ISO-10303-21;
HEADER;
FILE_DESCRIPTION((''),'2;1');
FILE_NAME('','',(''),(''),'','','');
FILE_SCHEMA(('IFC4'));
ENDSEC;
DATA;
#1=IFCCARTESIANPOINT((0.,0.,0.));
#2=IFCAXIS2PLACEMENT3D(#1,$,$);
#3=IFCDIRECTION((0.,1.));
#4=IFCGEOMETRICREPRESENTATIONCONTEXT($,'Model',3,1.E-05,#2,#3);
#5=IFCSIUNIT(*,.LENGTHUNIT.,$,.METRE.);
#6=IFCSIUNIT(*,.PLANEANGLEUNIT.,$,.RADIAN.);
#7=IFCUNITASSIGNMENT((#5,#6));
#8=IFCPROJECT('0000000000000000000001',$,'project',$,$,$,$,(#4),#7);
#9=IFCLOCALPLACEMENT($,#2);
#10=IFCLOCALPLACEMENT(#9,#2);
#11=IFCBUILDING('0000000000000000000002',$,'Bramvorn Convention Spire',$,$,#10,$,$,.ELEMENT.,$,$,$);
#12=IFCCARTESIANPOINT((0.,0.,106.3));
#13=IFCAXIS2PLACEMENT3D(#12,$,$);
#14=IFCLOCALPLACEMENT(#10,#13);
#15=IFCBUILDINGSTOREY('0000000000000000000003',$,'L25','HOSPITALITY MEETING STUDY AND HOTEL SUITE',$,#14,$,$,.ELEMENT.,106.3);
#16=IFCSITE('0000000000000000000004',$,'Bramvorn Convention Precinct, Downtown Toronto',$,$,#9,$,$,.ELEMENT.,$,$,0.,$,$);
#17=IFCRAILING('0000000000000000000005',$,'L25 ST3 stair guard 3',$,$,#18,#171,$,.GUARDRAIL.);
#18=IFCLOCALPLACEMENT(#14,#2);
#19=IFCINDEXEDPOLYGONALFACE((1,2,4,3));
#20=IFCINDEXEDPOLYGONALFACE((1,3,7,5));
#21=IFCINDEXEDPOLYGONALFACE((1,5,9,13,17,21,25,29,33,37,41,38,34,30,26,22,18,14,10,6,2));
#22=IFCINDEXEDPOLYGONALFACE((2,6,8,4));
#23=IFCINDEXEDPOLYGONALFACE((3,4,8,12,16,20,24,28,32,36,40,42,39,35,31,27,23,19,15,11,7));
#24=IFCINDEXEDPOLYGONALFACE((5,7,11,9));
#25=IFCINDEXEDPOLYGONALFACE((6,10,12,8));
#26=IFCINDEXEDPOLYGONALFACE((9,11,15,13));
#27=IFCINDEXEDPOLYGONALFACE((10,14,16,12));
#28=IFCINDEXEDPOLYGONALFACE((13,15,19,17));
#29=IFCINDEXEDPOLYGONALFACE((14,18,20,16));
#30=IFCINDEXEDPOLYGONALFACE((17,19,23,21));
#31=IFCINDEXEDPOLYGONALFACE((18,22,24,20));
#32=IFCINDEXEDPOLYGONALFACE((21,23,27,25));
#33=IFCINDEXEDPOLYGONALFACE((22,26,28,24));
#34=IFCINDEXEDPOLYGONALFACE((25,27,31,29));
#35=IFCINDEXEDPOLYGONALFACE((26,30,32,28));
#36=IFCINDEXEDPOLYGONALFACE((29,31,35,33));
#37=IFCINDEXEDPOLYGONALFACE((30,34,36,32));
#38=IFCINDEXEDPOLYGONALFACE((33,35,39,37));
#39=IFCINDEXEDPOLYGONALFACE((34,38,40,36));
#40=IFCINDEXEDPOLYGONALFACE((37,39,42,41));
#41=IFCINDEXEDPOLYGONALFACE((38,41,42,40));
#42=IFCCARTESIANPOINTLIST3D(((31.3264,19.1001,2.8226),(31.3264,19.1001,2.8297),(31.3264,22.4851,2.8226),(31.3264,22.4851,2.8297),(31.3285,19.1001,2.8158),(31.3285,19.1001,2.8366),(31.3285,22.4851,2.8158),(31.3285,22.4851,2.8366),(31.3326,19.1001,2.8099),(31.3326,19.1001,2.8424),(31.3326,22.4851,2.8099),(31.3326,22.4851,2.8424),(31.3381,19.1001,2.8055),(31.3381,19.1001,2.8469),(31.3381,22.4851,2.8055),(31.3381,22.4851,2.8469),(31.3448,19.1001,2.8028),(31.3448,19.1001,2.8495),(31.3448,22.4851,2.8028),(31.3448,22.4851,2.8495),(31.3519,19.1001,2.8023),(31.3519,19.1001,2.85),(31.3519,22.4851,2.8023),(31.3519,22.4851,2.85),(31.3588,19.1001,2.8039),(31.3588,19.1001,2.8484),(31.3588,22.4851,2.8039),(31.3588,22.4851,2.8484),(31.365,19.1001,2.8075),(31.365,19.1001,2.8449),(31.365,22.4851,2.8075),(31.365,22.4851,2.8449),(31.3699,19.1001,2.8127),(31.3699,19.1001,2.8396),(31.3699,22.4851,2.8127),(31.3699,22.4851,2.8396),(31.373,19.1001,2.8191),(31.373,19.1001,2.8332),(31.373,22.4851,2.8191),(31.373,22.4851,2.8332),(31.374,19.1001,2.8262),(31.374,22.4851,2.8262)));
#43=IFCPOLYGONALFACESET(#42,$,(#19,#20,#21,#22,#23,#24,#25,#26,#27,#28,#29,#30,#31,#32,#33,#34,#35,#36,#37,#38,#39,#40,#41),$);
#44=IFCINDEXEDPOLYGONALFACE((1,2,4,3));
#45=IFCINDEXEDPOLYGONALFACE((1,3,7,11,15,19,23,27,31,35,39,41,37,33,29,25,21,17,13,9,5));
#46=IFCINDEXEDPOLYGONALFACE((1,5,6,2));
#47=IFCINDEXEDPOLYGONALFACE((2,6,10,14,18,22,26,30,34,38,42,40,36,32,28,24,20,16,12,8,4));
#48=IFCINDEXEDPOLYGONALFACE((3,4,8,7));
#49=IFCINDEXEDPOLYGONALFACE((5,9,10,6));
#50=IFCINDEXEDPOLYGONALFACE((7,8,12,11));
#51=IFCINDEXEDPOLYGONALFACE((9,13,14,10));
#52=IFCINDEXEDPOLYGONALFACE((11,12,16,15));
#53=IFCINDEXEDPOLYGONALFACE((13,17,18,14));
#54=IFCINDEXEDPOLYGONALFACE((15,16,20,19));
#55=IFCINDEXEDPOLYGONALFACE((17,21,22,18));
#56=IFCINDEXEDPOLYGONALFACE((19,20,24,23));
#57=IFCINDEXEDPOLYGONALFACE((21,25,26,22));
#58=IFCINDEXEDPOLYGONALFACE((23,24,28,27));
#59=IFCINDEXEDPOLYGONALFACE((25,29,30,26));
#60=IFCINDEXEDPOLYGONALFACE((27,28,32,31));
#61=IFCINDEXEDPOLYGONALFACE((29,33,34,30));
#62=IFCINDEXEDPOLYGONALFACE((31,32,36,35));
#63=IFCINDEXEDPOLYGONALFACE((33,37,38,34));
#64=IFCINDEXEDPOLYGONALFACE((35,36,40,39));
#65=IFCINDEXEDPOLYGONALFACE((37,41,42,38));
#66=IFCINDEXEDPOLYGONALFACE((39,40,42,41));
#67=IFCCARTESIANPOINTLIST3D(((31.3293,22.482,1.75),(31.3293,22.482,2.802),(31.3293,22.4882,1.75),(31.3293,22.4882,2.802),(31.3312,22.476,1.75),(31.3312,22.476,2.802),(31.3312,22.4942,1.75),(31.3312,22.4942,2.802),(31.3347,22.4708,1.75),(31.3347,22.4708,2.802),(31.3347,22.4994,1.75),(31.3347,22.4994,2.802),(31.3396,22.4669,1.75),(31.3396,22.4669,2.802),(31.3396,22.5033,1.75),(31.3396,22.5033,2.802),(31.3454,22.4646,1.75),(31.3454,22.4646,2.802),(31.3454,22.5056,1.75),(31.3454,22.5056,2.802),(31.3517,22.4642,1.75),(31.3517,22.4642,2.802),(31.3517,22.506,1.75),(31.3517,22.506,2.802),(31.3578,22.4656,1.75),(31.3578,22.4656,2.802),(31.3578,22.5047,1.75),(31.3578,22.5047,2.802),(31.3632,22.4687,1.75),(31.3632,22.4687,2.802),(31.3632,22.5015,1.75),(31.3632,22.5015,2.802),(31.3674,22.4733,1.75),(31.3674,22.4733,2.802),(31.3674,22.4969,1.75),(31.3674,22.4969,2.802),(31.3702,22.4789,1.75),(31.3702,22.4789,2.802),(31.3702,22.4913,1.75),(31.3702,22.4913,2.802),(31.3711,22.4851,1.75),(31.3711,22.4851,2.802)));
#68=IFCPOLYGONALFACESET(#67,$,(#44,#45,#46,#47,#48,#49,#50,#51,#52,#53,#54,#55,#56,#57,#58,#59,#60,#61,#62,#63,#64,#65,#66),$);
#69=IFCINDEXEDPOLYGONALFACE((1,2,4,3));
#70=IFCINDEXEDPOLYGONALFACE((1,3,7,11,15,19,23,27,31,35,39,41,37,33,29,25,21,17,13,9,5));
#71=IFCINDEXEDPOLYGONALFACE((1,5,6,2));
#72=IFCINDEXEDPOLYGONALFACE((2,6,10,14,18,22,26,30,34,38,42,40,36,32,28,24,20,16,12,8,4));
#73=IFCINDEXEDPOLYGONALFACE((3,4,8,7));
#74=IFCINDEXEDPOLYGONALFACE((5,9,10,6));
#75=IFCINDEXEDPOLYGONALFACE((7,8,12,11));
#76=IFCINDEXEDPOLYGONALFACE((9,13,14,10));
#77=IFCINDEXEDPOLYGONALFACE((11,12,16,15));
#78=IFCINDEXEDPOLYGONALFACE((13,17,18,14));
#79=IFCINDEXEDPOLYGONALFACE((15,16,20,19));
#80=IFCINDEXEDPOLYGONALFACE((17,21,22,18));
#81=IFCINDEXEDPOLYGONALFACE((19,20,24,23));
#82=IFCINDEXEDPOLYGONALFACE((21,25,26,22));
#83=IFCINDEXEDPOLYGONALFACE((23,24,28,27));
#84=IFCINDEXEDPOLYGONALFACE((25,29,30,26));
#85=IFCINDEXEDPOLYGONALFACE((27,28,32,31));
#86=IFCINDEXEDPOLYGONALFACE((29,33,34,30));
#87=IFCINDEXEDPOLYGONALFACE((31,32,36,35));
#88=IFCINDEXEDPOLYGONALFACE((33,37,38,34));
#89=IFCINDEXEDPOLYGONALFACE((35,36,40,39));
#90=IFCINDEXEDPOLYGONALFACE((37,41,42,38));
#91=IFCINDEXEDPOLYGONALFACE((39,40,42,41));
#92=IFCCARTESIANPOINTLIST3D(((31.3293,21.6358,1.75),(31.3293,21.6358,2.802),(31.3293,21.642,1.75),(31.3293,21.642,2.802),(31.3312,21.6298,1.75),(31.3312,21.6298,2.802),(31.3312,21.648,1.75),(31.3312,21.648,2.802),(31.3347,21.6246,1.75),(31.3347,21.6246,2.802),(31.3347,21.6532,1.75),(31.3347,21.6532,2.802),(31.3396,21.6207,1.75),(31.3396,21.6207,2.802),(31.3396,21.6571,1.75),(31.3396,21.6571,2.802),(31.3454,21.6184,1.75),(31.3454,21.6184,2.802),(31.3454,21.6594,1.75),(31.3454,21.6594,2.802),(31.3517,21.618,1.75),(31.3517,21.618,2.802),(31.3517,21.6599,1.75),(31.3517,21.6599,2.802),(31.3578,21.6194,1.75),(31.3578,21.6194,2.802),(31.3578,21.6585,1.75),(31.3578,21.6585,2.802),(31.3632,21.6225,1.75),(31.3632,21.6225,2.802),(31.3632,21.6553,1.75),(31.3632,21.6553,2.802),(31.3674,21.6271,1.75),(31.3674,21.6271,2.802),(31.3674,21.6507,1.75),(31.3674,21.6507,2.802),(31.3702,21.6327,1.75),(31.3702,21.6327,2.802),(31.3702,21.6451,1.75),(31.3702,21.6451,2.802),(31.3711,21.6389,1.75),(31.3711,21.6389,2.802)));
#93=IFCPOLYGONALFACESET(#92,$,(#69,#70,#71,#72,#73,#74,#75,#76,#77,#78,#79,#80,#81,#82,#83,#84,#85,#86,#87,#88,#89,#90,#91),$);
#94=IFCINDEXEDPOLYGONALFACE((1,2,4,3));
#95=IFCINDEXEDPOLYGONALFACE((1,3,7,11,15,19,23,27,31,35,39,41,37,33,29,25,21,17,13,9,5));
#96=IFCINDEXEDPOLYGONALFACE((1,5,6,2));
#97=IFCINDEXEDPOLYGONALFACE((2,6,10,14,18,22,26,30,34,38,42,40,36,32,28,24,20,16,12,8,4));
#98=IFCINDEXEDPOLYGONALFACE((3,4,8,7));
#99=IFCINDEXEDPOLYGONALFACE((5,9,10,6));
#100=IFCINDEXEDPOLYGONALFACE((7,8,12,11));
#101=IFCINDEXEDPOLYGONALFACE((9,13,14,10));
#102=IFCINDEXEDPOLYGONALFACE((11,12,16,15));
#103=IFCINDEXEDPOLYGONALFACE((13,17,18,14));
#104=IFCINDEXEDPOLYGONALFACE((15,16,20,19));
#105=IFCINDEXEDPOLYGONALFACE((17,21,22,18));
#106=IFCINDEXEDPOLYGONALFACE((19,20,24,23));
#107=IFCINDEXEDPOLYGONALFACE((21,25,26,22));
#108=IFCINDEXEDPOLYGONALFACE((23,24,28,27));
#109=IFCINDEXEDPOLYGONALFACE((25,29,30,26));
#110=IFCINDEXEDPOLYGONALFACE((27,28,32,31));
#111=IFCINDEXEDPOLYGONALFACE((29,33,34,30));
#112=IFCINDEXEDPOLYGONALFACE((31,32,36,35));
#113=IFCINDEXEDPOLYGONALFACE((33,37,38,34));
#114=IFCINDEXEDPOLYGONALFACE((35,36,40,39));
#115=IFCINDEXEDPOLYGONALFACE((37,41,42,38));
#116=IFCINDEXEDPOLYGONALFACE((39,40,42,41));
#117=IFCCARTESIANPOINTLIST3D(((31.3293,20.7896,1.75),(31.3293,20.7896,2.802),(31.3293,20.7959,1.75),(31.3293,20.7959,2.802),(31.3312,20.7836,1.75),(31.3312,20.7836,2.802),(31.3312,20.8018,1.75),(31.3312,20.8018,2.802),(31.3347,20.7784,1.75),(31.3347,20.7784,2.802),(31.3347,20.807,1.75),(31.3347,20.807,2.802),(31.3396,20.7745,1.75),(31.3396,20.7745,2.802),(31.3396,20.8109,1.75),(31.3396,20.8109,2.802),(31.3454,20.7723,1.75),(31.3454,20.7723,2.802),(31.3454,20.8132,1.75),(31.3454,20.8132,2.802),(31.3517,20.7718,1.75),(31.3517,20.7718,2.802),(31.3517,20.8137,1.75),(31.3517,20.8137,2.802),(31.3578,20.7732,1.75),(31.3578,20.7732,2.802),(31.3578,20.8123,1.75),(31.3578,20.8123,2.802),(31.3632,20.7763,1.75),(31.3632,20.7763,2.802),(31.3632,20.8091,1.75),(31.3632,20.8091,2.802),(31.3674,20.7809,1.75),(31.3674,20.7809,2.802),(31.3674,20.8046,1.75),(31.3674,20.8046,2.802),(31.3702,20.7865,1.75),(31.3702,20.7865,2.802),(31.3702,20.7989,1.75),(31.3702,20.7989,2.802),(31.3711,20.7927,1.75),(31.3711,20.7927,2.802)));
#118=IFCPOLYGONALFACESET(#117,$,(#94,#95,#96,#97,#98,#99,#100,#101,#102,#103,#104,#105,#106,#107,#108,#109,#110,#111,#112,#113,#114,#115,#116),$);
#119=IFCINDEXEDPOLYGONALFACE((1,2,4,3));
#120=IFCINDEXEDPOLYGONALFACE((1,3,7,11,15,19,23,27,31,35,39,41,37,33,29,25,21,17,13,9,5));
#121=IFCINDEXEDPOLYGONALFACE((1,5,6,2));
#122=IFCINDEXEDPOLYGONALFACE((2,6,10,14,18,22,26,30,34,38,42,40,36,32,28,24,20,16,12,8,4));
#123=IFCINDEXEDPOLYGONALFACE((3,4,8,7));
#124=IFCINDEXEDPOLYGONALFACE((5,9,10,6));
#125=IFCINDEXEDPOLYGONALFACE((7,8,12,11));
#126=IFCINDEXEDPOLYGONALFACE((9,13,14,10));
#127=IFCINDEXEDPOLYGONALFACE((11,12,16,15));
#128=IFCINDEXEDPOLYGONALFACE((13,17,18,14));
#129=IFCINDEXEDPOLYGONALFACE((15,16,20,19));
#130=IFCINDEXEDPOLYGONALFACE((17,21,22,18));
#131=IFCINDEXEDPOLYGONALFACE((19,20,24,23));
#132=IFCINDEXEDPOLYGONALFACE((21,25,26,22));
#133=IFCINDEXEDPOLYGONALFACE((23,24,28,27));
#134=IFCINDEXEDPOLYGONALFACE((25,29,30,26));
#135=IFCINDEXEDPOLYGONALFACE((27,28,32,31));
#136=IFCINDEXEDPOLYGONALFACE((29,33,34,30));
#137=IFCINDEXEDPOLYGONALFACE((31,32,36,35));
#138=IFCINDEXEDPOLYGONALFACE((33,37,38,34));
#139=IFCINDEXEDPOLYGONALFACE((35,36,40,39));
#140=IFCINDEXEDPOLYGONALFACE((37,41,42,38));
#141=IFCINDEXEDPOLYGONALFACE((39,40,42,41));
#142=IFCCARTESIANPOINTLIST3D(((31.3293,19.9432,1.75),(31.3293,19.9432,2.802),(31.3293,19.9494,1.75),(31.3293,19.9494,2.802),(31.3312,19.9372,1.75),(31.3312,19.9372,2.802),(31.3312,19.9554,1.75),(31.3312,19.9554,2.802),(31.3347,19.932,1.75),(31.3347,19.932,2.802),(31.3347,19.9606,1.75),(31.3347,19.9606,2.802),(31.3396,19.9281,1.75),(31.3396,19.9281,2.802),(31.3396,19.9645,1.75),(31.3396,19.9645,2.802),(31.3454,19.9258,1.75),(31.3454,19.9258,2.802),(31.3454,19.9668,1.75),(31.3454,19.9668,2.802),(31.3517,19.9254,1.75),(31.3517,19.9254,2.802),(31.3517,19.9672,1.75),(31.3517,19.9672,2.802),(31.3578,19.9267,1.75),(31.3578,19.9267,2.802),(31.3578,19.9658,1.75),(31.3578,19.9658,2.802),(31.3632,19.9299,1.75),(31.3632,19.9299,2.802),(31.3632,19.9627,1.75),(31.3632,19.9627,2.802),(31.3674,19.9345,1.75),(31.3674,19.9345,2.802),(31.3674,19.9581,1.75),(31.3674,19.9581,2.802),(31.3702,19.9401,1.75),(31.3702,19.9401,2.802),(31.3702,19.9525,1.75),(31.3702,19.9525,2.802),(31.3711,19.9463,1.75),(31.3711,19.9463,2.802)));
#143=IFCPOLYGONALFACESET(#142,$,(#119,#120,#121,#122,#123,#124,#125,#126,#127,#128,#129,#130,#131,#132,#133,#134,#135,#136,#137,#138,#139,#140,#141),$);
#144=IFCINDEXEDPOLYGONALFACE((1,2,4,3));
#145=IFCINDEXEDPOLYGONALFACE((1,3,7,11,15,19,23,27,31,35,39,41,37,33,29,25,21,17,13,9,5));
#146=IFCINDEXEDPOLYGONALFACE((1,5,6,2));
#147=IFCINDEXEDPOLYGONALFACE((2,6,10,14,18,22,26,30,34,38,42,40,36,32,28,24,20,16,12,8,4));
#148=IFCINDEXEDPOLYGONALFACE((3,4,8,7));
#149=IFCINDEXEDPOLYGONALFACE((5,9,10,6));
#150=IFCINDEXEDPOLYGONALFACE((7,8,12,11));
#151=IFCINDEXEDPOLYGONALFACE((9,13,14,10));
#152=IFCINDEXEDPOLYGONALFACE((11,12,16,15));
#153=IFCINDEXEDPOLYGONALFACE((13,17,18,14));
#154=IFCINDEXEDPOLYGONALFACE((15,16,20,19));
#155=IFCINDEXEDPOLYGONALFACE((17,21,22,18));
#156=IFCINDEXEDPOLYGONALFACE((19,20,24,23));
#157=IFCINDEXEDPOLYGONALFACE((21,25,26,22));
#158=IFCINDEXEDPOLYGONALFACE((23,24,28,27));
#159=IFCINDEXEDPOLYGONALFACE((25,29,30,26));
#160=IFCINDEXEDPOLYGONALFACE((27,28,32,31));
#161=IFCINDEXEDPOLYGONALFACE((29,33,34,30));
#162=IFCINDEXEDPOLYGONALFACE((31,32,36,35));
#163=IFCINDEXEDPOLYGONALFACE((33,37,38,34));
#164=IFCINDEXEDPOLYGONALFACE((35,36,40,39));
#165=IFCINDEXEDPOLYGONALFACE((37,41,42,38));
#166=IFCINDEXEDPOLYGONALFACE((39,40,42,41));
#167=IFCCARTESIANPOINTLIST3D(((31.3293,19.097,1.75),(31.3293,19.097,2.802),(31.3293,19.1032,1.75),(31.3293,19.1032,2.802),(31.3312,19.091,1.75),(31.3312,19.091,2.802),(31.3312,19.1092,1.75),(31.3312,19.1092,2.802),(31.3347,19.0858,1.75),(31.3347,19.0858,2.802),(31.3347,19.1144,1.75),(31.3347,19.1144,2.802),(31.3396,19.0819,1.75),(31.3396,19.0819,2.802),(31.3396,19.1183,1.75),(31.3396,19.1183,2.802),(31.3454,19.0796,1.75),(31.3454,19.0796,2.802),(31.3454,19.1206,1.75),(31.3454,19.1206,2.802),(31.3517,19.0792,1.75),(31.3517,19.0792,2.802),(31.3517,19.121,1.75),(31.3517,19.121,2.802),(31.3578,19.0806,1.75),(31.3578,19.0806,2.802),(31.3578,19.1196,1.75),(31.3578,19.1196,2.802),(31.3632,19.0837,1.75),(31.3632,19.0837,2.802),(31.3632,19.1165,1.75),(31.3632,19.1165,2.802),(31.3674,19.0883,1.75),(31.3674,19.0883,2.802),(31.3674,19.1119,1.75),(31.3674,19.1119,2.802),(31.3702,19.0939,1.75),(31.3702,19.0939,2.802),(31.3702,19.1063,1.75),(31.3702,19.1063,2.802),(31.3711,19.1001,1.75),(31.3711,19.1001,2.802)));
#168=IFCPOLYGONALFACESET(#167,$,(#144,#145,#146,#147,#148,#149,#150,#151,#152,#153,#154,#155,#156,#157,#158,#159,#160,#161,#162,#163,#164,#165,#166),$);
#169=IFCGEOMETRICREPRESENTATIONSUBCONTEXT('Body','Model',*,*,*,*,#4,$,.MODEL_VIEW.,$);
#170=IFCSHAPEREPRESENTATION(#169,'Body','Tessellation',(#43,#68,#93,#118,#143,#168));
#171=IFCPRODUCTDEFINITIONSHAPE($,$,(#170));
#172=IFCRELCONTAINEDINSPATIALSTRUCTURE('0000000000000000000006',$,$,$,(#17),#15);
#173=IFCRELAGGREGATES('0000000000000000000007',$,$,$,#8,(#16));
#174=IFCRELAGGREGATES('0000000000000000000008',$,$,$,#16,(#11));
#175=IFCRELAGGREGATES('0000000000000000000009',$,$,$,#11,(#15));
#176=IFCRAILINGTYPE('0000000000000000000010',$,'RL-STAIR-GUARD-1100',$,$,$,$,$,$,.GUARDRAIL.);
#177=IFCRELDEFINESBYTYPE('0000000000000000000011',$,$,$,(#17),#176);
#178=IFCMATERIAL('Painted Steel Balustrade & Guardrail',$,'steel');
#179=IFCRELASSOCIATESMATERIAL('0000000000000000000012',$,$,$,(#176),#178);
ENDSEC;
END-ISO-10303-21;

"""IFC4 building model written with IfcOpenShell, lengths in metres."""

from ifc_helpers import new_model, si_unit, direction, frame, origin, origin_2d, place, context, subcontext, project, spatial, circle, extrude, material, type_object, element, save


model = new_model("IFC4")

# Units and contexts
model_context = context("Model", 3, precision=1e-05, world=origin(), true_north=direction((0.0, 1.0)))
body_context = subcontext(model_context, "Body", "Model", "MODEL_VIEW")
ifc_project = project(units=[si_unit("LENGTHUNIT", "METRE"), si_unit("PLANEANGLEUNIT", "RADIAN")], contexts=[model_context])

# Site, building, storey
site_placement = place(None, origin())
site = spatial("IfcSite", under=ifc_project, at=site_placement, Name="Bramvorn Convention Precinct, Downtown Toronto", CompositionType="ELEMENT", RefElevation=0.0)
building_placement = place(site_placement, origin())
building = spatial("IfcBuilding", under=site, at=building_placement, Name="Bramvorn Convention Spire", CompositionType="ELEMENT")
storey_placement = place(building_placement, frame((0.0, 0.0, 106.3)))
storey = spatial("IfcBuildingStorey", under=building, at=storey_placement, Name="L25", Description="HOSPITALITY MEETING STUDY AND HOTEL SUITE", CompositionType="ELEMENT", Elevation=106.3)

# Railing
ifc_material_1 = material(Name="Painted Steel Balustrade & Guardrail", Category="steel")
railing_type_1 = type_object("IfcRailingType", Name="RL-STAIR-GUARD-1100", PredefinedType="GUARDRAIL", material=ifc_material_1)
for number, where, name in (
    (1, (31.3501, 22.4851, 1.75), "L25 ST3 stair guard 3"),
):
    element("IfcRailing", number, at=place(storey_placement, frame(where)), inside=storey, type_object=railing_type_1, Name=name, PredefinedType="GUARDRAIL", context=body_context, shape_type="SweptSolid", body=[
        extrude(circle(Radius=0.0239, at=origin_2d()), frame((0.0, 0.0, 1.0762), z_axis=(0.0, -1.0, 0.0), x_axis=(1.0, 0.0, 0.0)), (0.0, 0.0, 1.0), 3.385),
        extrude(circle(Radius=0.021, at=origin_2d()), origin(), (0.0, 0.0, 1.0), 1.052),
        extrude(circle(Radius=0.021, at=origin_2d()), frame((0.0, -0.8462, 0.0)), (0.0, 0.0, 1.0), 1.052),
        extrude(circle(Radius=0.021, at=origin_2d()), frame((0.0, -1.6924, 0.0)), (0.0, 0.0, 1.0), 1.052),
        extrude(circle(Radius=0.021, at=origin_2d()), frame((0.0, -2.5388, 0.0)), (0.0, 0.0, 1.0), 1.052),
        extrude(circle(Radius=0.021, at=origin_2d()), frame((0.0, -3.385, 0.0)), (0.0, 0.0, 1.0), 1.052),
    ])

save(model, "model.ifc")
